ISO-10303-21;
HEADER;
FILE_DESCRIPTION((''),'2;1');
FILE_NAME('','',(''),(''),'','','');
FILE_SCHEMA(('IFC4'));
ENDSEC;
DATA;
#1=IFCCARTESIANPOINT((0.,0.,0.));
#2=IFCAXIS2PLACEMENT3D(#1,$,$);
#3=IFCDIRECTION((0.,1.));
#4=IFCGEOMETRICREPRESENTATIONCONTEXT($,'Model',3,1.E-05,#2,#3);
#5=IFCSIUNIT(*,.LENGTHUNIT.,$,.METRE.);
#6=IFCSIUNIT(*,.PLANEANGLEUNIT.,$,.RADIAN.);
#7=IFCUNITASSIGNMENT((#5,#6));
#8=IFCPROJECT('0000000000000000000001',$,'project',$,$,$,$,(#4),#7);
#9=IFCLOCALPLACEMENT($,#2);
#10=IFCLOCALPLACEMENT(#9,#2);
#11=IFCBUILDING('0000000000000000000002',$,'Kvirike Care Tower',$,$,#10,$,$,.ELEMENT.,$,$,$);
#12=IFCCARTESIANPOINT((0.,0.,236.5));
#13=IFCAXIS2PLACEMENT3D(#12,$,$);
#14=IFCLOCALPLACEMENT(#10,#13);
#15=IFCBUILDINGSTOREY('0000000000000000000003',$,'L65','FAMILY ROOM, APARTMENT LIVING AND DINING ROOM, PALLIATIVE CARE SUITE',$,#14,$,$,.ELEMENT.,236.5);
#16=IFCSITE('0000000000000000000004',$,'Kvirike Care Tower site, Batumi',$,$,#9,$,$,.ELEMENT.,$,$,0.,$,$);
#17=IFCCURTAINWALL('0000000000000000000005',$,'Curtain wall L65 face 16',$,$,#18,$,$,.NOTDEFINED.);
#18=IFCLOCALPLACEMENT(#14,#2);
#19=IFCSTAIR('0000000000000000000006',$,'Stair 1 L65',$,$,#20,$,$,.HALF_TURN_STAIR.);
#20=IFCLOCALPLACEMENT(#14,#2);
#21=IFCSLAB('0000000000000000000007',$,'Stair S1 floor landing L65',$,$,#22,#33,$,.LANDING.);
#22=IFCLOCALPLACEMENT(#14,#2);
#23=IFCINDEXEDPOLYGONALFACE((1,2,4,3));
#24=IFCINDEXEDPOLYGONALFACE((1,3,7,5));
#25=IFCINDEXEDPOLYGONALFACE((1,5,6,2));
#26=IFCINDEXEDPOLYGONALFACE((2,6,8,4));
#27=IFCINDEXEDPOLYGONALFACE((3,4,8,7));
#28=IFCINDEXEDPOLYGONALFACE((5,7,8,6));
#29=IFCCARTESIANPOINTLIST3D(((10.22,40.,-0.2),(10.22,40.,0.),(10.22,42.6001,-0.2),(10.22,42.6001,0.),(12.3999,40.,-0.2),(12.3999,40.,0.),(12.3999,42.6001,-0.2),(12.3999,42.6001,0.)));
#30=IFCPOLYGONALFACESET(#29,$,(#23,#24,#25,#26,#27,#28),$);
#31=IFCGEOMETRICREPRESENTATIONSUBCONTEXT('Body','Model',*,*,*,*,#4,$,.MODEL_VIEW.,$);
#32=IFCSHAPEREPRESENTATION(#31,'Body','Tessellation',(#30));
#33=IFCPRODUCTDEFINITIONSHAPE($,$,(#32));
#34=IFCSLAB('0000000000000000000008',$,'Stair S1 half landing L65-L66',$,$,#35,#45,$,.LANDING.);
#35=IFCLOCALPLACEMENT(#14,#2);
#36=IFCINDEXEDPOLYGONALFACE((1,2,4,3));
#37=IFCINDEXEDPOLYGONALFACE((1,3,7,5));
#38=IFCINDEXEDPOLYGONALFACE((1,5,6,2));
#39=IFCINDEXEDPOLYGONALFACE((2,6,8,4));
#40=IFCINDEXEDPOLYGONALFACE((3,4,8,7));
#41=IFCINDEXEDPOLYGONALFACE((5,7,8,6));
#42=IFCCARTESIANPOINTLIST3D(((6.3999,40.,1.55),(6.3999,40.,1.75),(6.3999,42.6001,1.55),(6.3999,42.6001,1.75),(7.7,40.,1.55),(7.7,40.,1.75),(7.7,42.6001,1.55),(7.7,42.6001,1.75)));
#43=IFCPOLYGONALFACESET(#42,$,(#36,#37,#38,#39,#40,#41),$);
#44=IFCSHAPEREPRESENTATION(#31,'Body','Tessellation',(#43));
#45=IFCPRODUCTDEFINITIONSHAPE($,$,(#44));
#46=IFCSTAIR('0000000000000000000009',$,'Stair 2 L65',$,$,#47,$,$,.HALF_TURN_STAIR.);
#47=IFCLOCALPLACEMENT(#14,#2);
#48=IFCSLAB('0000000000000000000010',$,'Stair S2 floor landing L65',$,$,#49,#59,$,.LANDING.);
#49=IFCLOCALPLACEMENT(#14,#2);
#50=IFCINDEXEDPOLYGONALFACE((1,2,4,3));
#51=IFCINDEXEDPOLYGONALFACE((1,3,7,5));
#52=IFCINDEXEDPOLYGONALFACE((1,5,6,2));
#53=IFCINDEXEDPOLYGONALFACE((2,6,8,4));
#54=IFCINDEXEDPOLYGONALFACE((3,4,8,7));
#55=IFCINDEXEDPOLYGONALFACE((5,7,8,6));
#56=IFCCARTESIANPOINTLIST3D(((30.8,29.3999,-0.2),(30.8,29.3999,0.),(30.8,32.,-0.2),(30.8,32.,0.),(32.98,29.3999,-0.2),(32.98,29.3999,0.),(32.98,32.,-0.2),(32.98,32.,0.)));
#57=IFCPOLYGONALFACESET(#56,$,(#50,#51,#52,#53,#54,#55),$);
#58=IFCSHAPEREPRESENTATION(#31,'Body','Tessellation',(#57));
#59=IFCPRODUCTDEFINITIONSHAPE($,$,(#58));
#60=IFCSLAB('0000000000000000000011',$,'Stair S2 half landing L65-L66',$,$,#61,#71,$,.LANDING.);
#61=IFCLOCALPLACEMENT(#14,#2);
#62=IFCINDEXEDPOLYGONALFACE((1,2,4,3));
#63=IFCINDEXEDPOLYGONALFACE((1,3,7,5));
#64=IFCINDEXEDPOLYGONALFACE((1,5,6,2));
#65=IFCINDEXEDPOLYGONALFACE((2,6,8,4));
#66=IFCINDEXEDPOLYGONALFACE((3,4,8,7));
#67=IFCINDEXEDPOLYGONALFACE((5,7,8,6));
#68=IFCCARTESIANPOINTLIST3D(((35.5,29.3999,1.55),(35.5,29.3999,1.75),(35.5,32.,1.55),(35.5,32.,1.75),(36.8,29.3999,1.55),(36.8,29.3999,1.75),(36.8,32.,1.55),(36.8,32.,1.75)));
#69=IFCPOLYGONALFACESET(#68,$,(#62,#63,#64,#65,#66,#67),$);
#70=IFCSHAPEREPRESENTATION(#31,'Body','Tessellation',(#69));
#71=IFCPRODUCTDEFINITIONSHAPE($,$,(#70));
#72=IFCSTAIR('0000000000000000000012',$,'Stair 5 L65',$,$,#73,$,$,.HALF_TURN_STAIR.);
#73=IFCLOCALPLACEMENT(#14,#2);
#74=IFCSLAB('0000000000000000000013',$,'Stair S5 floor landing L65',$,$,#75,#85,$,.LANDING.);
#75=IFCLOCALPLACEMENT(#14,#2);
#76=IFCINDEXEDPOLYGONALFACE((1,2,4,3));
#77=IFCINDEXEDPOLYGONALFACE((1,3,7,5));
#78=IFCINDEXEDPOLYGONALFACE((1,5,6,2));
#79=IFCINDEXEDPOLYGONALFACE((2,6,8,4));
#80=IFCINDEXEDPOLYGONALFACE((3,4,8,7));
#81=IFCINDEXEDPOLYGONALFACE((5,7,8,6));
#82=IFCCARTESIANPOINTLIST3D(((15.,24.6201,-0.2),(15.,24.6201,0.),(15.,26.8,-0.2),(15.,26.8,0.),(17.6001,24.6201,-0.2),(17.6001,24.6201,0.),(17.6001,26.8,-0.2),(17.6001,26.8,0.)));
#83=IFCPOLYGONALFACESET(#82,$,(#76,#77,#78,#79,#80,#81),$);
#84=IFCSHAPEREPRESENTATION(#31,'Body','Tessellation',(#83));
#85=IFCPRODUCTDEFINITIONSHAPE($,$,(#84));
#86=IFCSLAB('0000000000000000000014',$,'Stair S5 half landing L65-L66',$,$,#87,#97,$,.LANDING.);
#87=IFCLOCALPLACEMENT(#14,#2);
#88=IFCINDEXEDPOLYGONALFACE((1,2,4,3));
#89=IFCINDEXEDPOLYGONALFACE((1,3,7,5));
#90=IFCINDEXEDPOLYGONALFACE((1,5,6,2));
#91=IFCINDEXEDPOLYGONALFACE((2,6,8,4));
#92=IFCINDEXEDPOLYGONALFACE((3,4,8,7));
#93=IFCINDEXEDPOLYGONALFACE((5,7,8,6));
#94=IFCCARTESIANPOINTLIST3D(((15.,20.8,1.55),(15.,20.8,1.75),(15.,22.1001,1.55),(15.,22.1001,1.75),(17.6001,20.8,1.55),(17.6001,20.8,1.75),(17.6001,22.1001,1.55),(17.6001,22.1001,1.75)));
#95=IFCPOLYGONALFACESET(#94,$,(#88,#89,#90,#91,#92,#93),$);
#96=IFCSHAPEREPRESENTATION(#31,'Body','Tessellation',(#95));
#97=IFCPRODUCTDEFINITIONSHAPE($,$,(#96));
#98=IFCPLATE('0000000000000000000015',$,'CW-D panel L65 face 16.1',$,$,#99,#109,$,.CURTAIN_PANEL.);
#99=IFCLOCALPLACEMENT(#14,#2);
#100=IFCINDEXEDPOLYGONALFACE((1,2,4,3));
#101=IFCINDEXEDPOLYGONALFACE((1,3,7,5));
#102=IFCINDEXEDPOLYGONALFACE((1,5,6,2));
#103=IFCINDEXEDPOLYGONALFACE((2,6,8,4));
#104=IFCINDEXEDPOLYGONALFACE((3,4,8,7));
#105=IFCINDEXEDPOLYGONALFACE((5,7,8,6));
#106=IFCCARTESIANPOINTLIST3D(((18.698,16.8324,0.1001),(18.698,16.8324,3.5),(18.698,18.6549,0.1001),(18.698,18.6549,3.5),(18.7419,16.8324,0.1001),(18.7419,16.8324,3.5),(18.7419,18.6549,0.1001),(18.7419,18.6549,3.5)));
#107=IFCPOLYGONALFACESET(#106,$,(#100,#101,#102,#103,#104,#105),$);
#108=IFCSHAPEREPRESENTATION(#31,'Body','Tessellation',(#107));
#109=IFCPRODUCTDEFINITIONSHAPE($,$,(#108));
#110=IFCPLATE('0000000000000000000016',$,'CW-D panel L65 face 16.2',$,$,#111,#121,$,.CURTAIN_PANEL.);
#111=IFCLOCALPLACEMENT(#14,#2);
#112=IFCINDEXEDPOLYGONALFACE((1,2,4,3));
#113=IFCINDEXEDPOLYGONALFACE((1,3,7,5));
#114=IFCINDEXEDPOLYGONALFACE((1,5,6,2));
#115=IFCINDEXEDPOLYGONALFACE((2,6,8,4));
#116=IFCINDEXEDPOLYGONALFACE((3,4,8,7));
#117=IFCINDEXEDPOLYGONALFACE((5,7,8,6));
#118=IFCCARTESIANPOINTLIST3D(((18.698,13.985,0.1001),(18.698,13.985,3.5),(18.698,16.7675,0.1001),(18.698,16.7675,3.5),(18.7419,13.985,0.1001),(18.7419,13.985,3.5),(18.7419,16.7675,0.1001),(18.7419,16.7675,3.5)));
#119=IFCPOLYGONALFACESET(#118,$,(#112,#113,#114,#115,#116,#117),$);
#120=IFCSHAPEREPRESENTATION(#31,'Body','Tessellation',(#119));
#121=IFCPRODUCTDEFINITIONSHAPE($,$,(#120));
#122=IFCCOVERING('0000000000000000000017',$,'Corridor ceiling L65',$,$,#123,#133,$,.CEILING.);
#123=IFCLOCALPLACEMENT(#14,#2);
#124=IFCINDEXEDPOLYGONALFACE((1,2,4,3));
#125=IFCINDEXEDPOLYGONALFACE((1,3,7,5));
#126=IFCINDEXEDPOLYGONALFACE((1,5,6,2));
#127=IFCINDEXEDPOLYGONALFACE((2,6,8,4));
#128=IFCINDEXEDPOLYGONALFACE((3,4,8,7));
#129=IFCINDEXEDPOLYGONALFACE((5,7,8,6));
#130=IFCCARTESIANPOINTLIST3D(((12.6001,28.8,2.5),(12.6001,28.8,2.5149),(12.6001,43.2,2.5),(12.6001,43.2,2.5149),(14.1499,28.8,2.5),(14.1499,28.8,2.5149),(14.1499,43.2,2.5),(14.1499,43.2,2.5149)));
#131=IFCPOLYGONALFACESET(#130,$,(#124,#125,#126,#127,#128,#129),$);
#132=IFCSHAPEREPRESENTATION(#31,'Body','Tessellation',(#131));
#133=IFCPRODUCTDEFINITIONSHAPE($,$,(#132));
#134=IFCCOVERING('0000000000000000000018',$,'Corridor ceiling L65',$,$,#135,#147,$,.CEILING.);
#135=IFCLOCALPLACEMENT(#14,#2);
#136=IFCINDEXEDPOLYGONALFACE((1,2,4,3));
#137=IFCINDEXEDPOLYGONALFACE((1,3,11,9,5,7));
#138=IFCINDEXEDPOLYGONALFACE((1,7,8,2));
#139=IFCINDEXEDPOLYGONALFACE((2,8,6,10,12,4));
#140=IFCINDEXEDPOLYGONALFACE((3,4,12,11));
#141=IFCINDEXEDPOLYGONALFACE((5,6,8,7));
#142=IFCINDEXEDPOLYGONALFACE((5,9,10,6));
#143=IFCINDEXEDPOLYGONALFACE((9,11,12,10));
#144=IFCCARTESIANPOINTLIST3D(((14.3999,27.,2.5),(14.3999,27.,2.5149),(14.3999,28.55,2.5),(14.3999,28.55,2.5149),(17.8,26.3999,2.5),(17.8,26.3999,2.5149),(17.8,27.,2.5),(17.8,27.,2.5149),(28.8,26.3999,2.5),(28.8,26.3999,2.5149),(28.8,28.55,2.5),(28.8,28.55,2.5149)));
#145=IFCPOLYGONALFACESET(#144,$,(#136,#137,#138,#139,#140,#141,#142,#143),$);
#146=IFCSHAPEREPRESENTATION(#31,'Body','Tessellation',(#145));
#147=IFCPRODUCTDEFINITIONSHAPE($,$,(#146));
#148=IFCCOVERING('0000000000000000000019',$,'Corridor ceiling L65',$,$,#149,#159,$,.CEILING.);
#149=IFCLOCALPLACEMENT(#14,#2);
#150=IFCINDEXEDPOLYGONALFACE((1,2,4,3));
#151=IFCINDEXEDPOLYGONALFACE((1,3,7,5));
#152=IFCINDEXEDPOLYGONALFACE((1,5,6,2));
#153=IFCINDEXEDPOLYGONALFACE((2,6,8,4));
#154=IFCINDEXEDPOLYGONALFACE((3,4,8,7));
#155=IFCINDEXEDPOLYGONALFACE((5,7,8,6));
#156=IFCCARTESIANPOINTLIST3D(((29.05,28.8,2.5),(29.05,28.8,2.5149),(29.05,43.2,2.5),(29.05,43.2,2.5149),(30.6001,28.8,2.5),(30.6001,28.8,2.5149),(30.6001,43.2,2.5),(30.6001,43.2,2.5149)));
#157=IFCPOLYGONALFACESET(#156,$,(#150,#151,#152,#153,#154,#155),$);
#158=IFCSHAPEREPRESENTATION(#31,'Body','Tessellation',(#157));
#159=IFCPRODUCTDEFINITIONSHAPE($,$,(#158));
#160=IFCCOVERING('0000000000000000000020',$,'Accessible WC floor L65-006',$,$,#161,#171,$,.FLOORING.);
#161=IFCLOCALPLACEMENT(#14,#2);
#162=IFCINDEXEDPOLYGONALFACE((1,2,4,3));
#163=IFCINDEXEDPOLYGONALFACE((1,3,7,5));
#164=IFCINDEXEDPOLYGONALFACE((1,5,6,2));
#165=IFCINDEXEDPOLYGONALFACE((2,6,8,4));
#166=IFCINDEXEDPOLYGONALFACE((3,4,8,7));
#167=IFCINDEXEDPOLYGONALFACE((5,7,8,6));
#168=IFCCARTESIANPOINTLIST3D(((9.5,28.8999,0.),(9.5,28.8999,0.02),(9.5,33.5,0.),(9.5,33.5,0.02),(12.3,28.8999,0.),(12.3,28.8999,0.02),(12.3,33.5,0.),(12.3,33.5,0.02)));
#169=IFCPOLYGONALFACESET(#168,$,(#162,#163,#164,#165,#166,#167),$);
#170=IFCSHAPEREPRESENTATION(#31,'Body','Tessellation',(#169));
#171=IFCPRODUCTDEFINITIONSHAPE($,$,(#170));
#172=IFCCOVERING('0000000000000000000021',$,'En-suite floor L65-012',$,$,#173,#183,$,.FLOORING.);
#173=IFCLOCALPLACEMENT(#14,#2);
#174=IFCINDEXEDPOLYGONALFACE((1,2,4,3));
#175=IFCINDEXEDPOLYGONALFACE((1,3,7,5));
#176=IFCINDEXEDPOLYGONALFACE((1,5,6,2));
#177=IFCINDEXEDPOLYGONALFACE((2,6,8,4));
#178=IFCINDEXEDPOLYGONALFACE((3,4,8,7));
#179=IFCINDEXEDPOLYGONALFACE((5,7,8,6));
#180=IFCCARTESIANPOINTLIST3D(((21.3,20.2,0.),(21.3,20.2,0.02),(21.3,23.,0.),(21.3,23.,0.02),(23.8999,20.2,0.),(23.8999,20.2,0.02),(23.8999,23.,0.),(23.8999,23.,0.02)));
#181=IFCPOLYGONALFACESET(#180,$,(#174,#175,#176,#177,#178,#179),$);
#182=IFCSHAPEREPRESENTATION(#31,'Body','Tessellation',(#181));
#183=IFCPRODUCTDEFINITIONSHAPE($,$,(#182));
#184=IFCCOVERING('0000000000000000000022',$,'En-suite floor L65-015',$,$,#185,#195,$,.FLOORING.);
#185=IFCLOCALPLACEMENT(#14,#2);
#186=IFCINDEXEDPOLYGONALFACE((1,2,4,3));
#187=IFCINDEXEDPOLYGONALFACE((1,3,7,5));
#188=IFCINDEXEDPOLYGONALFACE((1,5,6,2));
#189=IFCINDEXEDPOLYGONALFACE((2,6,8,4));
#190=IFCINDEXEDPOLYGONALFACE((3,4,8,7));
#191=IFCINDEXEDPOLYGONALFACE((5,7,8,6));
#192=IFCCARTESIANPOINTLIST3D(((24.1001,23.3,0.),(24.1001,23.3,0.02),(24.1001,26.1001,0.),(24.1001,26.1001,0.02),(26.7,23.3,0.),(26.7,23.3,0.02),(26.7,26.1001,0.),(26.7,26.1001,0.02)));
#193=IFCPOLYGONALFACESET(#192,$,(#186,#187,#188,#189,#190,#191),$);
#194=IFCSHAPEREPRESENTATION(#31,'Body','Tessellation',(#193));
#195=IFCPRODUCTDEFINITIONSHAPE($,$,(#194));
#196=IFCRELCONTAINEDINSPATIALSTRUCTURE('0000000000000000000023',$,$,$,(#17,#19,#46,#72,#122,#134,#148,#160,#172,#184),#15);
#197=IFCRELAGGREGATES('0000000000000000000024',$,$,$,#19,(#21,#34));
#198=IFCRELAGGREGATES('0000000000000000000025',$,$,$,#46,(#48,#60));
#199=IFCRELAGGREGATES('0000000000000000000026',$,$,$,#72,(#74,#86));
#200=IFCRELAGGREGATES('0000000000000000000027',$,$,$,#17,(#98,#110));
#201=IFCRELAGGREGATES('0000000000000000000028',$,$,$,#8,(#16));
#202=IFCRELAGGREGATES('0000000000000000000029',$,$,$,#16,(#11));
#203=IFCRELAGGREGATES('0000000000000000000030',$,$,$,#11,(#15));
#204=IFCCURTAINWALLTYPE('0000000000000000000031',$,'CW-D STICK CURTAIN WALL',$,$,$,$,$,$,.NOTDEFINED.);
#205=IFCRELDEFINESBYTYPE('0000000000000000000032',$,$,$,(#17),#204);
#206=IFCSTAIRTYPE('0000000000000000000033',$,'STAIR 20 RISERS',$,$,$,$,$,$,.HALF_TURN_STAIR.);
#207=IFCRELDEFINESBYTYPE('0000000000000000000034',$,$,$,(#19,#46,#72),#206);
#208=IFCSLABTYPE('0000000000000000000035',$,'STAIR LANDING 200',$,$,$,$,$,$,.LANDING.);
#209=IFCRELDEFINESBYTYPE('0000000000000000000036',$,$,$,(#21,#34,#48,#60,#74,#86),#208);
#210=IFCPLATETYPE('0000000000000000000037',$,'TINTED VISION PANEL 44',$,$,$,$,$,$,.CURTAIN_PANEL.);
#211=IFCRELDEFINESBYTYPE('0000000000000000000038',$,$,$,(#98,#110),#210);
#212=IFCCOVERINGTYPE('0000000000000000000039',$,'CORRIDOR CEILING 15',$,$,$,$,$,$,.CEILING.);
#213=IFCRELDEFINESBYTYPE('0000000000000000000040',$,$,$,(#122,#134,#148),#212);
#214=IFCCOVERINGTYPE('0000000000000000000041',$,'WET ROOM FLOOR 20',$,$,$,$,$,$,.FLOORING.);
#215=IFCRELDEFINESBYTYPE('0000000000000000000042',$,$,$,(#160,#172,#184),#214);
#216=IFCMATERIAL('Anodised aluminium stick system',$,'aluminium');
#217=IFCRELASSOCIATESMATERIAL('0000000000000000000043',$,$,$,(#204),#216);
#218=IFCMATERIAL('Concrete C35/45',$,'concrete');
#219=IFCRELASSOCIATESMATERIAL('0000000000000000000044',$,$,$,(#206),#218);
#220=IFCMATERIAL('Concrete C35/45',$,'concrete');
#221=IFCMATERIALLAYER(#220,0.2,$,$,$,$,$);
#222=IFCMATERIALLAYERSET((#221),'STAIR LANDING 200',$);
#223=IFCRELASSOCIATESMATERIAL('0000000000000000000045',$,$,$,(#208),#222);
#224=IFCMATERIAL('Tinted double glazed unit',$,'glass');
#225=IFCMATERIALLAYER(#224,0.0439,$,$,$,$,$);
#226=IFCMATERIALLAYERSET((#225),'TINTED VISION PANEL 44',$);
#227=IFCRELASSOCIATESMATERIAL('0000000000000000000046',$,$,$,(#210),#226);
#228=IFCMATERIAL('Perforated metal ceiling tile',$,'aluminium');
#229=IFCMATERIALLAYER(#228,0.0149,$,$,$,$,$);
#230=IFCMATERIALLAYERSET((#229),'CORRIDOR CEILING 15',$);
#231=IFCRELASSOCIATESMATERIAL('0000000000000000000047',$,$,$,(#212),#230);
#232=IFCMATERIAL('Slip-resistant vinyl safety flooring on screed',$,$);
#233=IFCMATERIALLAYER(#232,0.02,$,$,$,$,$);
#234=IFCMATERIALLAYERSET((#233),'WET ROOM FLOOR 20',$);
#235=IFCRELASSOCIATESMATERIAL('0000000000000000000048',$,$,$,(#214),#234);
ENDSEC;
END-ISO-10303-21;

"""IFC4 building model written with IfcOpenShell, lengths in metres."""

from ifc_helpers import new_model, si_unit, direction, frame, origin, origin_2d, place, context, subcontext, project, spatial, polyline, rectangle, outline, extrude, material, layer, layer_set, type_object, element, aggregate, save


model = new_model("IFC4")

# Units and contexts
model_context = context("Model", 3, precision=1e-05, world=origin(), true_north=direction((0.0, 1.0)))
body_context = subcontext(model_context, "Body", "Model", "MODEL_VIEW")
ifc_project = project(units=[si_unit("LENGTHUNIT", "METRE"), si_unit("PLANEANGLEUNIT", "RADIAN")], contexts=[model_context])

# Site, building, storey
site_placement = place(None, origin())
site = spatial("IfcSite", under=ifc_project, at=site_placement, Name="Kvirike Care Tower site, Batumi", CompositionType="ELEMENT", RefElevation=0.0)
building_placement = place(site_placement, origin())
building = spatial("IfcBuilding", under=site, at=building_placement, Name="Kvirike Care Tower", CompositionType="ELEMENT")
storey_placement = place(building_placement, frame((0.0, 0.0, 236.5)))
storey = spatial("IfcBuildingStorey", under=building, at=storey_placement, Name="L65", Description="FAMILY ROOM, APARTMENT LIVING AND DINING ROOM, PALLIATIVE CARE SUITE", CompositionType="ELEMENT", Elevation=236.5)

# Shared definitions
ifc_material_1 = material(Name="Anodised aluminium stick system", Category="aluminium")
curtain_wall_type = type_object("IfcCurtainWallType", Name="CW-D STICK CURTAIN WALL", PredefinedType="NOTDEFINED", material=ifc_material_1)

# Curtain wall
curtain_wall_1_placement = place(storey_placement, origin())
curtain_wall_1 = element("IfcCurtainWall", 1, at=curtain_wall_1_placement, inside=storey, type_object=curtain_wall_type, Name="Curtain wall L65 face 16", PredefinedType="NOTDEFINED")

# Stairs, slabs
ifc_material_2 = material(Name="Concrete C35/45", Category="concrete")
stair_type = type_object("IfcStairType", Name="STAIR 20 RISERS", PredefinedType="HALF_TURN_STAIR", material=ifc_material_2)
stair_1_placement = place(storey_placement, origin())
stair_1 = element("IfcStair", 2, at=stair_1_placement, inside=storey, type_object=stair_type, Name="Stair 1 L65", PredefinedType="HALF_TURN_STAIR")
ifc_material_3 = material(Name="Concrete C35/45", Category="concrete")
ifc_layer_1 = layer(ifc_material_3, 0.2)
ifc_layer_set_1 = layer_set([ifc_layer_1], Name="STAIR LANDING 200")
slab_type_1 = type_object("IfcSlabType", Name="STAIR LANDING 200", PredefinedType="LANDING", material=ifc_layer_set_1)
slab_1_placement = place(storey_placement, frame((0.0, 0.0, -0.2)))
slab_1 = element("IfcSlab", 3, at=slab_1_placement, type_object=slab_type_1, Name="Stair S1 floor landing L65", PredefinedType="LANDING", context=body_context, shape_type="SweptSolid", body=[
    extrude(outline(polyline([(10.22, 42.6001), (10.22, 40.0), (12.3999, 40.0), (12.3999, 42.6001), (10.22, 42.6001)])), origin(), (0.0, 0.0, 1.0), 0.2),
])
slab_2_placement = place(storey_placement, frame((0.0, 0.0, 1.55)))
slab_2 = element("IfcSlab", 4, at=slab_2_placement, type_object=slab_type_1, Name="Stair S1 half landing L65-L66", PredefinedType="LANDING", context=body_context, shape_type="SweptSolid", body=[
    extrude(outline(polyline([(6.3999, 42.6001), (6.3999, 40.0), (7.7, 40.0), (7.7, 42.6001), (6.3999, 42.6001)])), origin(), (0.0, 0.0, 1.0), 0.2),
])
aggregate(stair_1, [slab_1, slab_2])
stair_2_placement = place(storey_placement, origin())
stair_2 = element("IfcStair", 5, at=stair_2_placement, inside=storey, type_object=stair_type, Name="Stair 2 L65", PredefinedType="HALF_TURN_STAIR")
slab_3_placement = place(storey_placement, frame((0.0, 0.0, -0.2)))
slab_3 = element("IfcSlab", 6, at=slab_3_placement, type_object=slab_type_1, Name="Stair S2 floor landing L65", PredefinedType="LANDING", context=body_context, shape_type="SweptSolid", body=[
    extrude(outline(polyline([(32.98, 29.3999), (32.98, 32.0), (30.8, 32.0), (30.8, 29.3999), (32.98, 29.3999)])), origin(), (0.0, 0.0, 1.0), 0.2),
])
slab_4_placement = place(storey_placement, frame((0.0, 0.0, 1.55)))
slab_4 = element("IfcSlab", 7, at=slab_4_placement, type_object=slab_type_1, Name="Stair S2 half landing L65-L66", PredefinedType="LANDING", context=body_context, shape_type="SweptSolid", body=[
    extrude(outline(polyline([(36.8, 29.3999), (36.8, 32.0), (35.5, 32.0), (35.5, 29.3999), (36.8, 29.3999)])), origin(), (0.0, 0.0, 1.0), 0.2),
])
aggregate(stair_2, [slab_3, slab_4])
stair_3_placement = place(storey_placement, origin())
stair_3 = element("IfcStair", 8, at=stair_3_placement, inside=storey, type_object=stair_type, Name="Stair 5 L65", PredefinedType="HALF_TURN_STAIR")
slab_5_placement = place(storey_placement, frame((0.0, 0.0, -0.2)))
slab_5 = element("IfcSlab", 9, at=slab_5_placement, type_object=slab_type_1, Name="Stair S5 floor landing L65", PredefinedType="LANDING", context=body_context, shape_type="SweptSolid", body=[
    extrude(outline(polyline([(15.0, 24.6201), (17.6001, 24.6201), (17.6001, 26.8), (15.0, 26.8), (15.0, 24.6201)])), origin(), (0.0, 0.0, 1.0), 0.2),
])
slab_6_placement = place(storey_placement, frame((0.0, 0.0, 1.55)))
slab_6 = element("IfcSlab", 10, at=slab_6_placement, type_object=slab_type_1, Name="Stair S5 half landing L65-L66", PredefinedType="LANDING", context=body_context, shape_type="SweptSolid", body=[
    extrude(outline(polyline([(15.0, 20.8), (17.6001, 20.8), (17.6001, 22.1001), (15.0, 22.1001), (15.0, 20.8)])), origin(), (0.0, 0.0, 1.0), 0.2),
])
aggregate(stair_3, [slab_5, slab_6])

# Plates
ifc_material_4 = material(Name="Tinted double glazed unit", Category="glass")
ifc_layer_2 = layer(ifc_material_4, 0.0439)
ifc_layer_set_2 = layer_set([ifc_layer_2], Name="TINTED VISION PANEL 44")
plate_type = type_object("IfcPlateType", Name="TINTED VISION PANEL 44", PredefinedType="CURTAIN_PANEL", material=ifc_layer_set_2)
plate_1_placement = place(storey_placement, frame((18.72, 17.7437, 0.1001), z_axis=(0.0, 0.0, 1.0), x_axis=(0.0, -1.0, 0.0)))
plate_1 = element("IfcPlate", 11, at=plate_1_placement, type_object=plate_type, Name="CW-D panel L65 face 16.1", PredefinedType="CURTAIN_PANEL", context=body_context, shape_type="SweptSolid", body=[
    extrude(rectangle(XDim=1.8225, YDim=0.0439, at=origin_2d()), origin(), (0.0, 0.0, 1.0), 3.3999),
])
plate_2_placement = place(storey_placement, frame((18.72, 15.3762, 0.1001), z_axis=(0.0, 0.0, 1.0), x_axis=(0.0, -1.0, 0.0)))
plate_2 = element("IfcPlate", 12, at=plate_2_placement, type_object=plate_type, Name="CW-D panel L65 face 16.2", PredefinedType="CURTAIN_PANEL", context=body_context, shape_type="SweptSolid", body=[
    extrude(rectangle(XDim=2.7825, YDim=0.0439, at=origin_2d()), origin(), (0.0, 0.0, 1.0), 3.3999),
])
aggregate(curtain_wall_1, [plate_1, plate_2])

# Coverings
ifc_material_5 = material(Name="Perforated metal ceiling tile", Category="aluminium")
ifc_layer_3 = layer(ifc_material_5, 0.0149)
ifc_layer_set_3 = layer_set([ifc_layer_3], Name="CORRIDOR CEILING 15")
covering_type_1 = type_object("IfcCoveringType", Name="CORRIDOR CEILING 15", PredefinedType="CEILING", material=ifc_layer_set_3)
covering_1_placement = place(storey_placement, frame((0.0, 0.0, 2.5)))
element("IfcCovering", 13, at=covering_1_placement, inside=storey, type_object=covering_type_1, Name="Corridor ceiling L65", PredefinedType="CEILING", context=body_context, shape_type="SweptSolid", body=[
    extrude(outline(polyline([(12.6001, 43.2), (14.1499, 43.2), (14.1499, 28.8), (12.6001, 28.8), (12.6001, 43.2)])), origin(), (0.0, 0.0, 1.0), 0.0149),
])
covering_2_placement = place(storey_placement, frame((0.0, 0.0, 2.5)))
element("IfcCovering", 14, at=covering_2_placement, inside=storey, type_object=covering_type_1, Name="Corridor ceiling L65", PredefinedType="CEILING", context=body_context, shape_type="SweptSolid", body=[
    extrude(outline(polyline([(14.3999, 28.55), (28.8, 28.55), (28.8, 26.3999), (17.8, 26.3999), (17.8, 27.0), (14.3999, 27.0), (14.3999, 28.55)])), origin(), (0.0, 0.0, 1.0), 0.0149),
])
covering_3_placement = place(storey_placement, frame((0.0, 0.0, 2.5)))
element("IfcCovering", 15, at=covering_3_placement, inside=storey, type_object=covering_type_1, Name="Corridor ceiling L65", PredefinedType="CEILING", context=body_context, shape_type="SweptSolid", body=[
    extrude(outline(polyline([(30.6001, 28.8), (29.05, 28.8), (29.05, 43.2), (30.6001, 43.2), (30.6001, 28.8)])), origin(), (0.0, 0.0, 1.0), 0.0149),
])
ifc_material_6 = material(Name="Slip-resistant vinyl safety flooring on screed")
ifc_layer_4 = layer(ifc_material_6, 0.02)
ifc_layer_set_4 = layer_set([ifc_layer_4], Name="WET ROOM FLOOR 20")
covering_type_2 = type_object("IfcCoveringType", Name="WET ROOM FLOOR 20", PredefinedType="FLOORING", material=ifc_layer_set_4)
covering_4_placement = place(storey_placement, origin())
element("IfcCovering", 16, at=covering_4_placement, inside=storey, type_object=covering_type_2, Name="Accessible WC floor L65-006", PredefinedType="FLOORING", context=body_context, shape_type="SweptSolid", body=[
    extrude(outline(polyline([(9.5, 33.5), (12.3, 33.5), (12.3, 28.8999), (9.5, 28.8999), (9.5, 33.5)])), origin(), (0.0, 0.0, 1.0), 0.02),
])
covering_5_placement = place(storey_placement, origin())
element("IfcCovering", 17, at=covering_5_placement, inside=storey, type_object=covering_type_2, Name="En-suite floor L65-012", PredefinedType="FLOORING", context=body_context, shape_type="SweptSolid", body=[
    extrude(outline(polyline([(21.3, 20.2), (21.3, 23.0), (23.8999, 23.0), (23.8999, 20.2), (21.3, 20.2)])), origin(), (0.0, 0.0, 1.0), 0.02),
])
covering_6_placement = place(storey_placement, origin())
element("IfcCovering", 18, at=covering_6_placement, inside=storey, type_object=covering_type_2, Name="En-suite floor L65-015", PredefinedType="FLOORING", context=body_context, shape_type="SweptSolid", body=[
    extrude(outline(polyline([(24.1001, 23.3), (24.1001, 26.1001), (26.7, 26.1001), (26.7, 23.3), (24.1001, 23.3)])), origin(), (0.0, 0.0, 1.0), 0.02),
])

save(model, "model.ifc")
